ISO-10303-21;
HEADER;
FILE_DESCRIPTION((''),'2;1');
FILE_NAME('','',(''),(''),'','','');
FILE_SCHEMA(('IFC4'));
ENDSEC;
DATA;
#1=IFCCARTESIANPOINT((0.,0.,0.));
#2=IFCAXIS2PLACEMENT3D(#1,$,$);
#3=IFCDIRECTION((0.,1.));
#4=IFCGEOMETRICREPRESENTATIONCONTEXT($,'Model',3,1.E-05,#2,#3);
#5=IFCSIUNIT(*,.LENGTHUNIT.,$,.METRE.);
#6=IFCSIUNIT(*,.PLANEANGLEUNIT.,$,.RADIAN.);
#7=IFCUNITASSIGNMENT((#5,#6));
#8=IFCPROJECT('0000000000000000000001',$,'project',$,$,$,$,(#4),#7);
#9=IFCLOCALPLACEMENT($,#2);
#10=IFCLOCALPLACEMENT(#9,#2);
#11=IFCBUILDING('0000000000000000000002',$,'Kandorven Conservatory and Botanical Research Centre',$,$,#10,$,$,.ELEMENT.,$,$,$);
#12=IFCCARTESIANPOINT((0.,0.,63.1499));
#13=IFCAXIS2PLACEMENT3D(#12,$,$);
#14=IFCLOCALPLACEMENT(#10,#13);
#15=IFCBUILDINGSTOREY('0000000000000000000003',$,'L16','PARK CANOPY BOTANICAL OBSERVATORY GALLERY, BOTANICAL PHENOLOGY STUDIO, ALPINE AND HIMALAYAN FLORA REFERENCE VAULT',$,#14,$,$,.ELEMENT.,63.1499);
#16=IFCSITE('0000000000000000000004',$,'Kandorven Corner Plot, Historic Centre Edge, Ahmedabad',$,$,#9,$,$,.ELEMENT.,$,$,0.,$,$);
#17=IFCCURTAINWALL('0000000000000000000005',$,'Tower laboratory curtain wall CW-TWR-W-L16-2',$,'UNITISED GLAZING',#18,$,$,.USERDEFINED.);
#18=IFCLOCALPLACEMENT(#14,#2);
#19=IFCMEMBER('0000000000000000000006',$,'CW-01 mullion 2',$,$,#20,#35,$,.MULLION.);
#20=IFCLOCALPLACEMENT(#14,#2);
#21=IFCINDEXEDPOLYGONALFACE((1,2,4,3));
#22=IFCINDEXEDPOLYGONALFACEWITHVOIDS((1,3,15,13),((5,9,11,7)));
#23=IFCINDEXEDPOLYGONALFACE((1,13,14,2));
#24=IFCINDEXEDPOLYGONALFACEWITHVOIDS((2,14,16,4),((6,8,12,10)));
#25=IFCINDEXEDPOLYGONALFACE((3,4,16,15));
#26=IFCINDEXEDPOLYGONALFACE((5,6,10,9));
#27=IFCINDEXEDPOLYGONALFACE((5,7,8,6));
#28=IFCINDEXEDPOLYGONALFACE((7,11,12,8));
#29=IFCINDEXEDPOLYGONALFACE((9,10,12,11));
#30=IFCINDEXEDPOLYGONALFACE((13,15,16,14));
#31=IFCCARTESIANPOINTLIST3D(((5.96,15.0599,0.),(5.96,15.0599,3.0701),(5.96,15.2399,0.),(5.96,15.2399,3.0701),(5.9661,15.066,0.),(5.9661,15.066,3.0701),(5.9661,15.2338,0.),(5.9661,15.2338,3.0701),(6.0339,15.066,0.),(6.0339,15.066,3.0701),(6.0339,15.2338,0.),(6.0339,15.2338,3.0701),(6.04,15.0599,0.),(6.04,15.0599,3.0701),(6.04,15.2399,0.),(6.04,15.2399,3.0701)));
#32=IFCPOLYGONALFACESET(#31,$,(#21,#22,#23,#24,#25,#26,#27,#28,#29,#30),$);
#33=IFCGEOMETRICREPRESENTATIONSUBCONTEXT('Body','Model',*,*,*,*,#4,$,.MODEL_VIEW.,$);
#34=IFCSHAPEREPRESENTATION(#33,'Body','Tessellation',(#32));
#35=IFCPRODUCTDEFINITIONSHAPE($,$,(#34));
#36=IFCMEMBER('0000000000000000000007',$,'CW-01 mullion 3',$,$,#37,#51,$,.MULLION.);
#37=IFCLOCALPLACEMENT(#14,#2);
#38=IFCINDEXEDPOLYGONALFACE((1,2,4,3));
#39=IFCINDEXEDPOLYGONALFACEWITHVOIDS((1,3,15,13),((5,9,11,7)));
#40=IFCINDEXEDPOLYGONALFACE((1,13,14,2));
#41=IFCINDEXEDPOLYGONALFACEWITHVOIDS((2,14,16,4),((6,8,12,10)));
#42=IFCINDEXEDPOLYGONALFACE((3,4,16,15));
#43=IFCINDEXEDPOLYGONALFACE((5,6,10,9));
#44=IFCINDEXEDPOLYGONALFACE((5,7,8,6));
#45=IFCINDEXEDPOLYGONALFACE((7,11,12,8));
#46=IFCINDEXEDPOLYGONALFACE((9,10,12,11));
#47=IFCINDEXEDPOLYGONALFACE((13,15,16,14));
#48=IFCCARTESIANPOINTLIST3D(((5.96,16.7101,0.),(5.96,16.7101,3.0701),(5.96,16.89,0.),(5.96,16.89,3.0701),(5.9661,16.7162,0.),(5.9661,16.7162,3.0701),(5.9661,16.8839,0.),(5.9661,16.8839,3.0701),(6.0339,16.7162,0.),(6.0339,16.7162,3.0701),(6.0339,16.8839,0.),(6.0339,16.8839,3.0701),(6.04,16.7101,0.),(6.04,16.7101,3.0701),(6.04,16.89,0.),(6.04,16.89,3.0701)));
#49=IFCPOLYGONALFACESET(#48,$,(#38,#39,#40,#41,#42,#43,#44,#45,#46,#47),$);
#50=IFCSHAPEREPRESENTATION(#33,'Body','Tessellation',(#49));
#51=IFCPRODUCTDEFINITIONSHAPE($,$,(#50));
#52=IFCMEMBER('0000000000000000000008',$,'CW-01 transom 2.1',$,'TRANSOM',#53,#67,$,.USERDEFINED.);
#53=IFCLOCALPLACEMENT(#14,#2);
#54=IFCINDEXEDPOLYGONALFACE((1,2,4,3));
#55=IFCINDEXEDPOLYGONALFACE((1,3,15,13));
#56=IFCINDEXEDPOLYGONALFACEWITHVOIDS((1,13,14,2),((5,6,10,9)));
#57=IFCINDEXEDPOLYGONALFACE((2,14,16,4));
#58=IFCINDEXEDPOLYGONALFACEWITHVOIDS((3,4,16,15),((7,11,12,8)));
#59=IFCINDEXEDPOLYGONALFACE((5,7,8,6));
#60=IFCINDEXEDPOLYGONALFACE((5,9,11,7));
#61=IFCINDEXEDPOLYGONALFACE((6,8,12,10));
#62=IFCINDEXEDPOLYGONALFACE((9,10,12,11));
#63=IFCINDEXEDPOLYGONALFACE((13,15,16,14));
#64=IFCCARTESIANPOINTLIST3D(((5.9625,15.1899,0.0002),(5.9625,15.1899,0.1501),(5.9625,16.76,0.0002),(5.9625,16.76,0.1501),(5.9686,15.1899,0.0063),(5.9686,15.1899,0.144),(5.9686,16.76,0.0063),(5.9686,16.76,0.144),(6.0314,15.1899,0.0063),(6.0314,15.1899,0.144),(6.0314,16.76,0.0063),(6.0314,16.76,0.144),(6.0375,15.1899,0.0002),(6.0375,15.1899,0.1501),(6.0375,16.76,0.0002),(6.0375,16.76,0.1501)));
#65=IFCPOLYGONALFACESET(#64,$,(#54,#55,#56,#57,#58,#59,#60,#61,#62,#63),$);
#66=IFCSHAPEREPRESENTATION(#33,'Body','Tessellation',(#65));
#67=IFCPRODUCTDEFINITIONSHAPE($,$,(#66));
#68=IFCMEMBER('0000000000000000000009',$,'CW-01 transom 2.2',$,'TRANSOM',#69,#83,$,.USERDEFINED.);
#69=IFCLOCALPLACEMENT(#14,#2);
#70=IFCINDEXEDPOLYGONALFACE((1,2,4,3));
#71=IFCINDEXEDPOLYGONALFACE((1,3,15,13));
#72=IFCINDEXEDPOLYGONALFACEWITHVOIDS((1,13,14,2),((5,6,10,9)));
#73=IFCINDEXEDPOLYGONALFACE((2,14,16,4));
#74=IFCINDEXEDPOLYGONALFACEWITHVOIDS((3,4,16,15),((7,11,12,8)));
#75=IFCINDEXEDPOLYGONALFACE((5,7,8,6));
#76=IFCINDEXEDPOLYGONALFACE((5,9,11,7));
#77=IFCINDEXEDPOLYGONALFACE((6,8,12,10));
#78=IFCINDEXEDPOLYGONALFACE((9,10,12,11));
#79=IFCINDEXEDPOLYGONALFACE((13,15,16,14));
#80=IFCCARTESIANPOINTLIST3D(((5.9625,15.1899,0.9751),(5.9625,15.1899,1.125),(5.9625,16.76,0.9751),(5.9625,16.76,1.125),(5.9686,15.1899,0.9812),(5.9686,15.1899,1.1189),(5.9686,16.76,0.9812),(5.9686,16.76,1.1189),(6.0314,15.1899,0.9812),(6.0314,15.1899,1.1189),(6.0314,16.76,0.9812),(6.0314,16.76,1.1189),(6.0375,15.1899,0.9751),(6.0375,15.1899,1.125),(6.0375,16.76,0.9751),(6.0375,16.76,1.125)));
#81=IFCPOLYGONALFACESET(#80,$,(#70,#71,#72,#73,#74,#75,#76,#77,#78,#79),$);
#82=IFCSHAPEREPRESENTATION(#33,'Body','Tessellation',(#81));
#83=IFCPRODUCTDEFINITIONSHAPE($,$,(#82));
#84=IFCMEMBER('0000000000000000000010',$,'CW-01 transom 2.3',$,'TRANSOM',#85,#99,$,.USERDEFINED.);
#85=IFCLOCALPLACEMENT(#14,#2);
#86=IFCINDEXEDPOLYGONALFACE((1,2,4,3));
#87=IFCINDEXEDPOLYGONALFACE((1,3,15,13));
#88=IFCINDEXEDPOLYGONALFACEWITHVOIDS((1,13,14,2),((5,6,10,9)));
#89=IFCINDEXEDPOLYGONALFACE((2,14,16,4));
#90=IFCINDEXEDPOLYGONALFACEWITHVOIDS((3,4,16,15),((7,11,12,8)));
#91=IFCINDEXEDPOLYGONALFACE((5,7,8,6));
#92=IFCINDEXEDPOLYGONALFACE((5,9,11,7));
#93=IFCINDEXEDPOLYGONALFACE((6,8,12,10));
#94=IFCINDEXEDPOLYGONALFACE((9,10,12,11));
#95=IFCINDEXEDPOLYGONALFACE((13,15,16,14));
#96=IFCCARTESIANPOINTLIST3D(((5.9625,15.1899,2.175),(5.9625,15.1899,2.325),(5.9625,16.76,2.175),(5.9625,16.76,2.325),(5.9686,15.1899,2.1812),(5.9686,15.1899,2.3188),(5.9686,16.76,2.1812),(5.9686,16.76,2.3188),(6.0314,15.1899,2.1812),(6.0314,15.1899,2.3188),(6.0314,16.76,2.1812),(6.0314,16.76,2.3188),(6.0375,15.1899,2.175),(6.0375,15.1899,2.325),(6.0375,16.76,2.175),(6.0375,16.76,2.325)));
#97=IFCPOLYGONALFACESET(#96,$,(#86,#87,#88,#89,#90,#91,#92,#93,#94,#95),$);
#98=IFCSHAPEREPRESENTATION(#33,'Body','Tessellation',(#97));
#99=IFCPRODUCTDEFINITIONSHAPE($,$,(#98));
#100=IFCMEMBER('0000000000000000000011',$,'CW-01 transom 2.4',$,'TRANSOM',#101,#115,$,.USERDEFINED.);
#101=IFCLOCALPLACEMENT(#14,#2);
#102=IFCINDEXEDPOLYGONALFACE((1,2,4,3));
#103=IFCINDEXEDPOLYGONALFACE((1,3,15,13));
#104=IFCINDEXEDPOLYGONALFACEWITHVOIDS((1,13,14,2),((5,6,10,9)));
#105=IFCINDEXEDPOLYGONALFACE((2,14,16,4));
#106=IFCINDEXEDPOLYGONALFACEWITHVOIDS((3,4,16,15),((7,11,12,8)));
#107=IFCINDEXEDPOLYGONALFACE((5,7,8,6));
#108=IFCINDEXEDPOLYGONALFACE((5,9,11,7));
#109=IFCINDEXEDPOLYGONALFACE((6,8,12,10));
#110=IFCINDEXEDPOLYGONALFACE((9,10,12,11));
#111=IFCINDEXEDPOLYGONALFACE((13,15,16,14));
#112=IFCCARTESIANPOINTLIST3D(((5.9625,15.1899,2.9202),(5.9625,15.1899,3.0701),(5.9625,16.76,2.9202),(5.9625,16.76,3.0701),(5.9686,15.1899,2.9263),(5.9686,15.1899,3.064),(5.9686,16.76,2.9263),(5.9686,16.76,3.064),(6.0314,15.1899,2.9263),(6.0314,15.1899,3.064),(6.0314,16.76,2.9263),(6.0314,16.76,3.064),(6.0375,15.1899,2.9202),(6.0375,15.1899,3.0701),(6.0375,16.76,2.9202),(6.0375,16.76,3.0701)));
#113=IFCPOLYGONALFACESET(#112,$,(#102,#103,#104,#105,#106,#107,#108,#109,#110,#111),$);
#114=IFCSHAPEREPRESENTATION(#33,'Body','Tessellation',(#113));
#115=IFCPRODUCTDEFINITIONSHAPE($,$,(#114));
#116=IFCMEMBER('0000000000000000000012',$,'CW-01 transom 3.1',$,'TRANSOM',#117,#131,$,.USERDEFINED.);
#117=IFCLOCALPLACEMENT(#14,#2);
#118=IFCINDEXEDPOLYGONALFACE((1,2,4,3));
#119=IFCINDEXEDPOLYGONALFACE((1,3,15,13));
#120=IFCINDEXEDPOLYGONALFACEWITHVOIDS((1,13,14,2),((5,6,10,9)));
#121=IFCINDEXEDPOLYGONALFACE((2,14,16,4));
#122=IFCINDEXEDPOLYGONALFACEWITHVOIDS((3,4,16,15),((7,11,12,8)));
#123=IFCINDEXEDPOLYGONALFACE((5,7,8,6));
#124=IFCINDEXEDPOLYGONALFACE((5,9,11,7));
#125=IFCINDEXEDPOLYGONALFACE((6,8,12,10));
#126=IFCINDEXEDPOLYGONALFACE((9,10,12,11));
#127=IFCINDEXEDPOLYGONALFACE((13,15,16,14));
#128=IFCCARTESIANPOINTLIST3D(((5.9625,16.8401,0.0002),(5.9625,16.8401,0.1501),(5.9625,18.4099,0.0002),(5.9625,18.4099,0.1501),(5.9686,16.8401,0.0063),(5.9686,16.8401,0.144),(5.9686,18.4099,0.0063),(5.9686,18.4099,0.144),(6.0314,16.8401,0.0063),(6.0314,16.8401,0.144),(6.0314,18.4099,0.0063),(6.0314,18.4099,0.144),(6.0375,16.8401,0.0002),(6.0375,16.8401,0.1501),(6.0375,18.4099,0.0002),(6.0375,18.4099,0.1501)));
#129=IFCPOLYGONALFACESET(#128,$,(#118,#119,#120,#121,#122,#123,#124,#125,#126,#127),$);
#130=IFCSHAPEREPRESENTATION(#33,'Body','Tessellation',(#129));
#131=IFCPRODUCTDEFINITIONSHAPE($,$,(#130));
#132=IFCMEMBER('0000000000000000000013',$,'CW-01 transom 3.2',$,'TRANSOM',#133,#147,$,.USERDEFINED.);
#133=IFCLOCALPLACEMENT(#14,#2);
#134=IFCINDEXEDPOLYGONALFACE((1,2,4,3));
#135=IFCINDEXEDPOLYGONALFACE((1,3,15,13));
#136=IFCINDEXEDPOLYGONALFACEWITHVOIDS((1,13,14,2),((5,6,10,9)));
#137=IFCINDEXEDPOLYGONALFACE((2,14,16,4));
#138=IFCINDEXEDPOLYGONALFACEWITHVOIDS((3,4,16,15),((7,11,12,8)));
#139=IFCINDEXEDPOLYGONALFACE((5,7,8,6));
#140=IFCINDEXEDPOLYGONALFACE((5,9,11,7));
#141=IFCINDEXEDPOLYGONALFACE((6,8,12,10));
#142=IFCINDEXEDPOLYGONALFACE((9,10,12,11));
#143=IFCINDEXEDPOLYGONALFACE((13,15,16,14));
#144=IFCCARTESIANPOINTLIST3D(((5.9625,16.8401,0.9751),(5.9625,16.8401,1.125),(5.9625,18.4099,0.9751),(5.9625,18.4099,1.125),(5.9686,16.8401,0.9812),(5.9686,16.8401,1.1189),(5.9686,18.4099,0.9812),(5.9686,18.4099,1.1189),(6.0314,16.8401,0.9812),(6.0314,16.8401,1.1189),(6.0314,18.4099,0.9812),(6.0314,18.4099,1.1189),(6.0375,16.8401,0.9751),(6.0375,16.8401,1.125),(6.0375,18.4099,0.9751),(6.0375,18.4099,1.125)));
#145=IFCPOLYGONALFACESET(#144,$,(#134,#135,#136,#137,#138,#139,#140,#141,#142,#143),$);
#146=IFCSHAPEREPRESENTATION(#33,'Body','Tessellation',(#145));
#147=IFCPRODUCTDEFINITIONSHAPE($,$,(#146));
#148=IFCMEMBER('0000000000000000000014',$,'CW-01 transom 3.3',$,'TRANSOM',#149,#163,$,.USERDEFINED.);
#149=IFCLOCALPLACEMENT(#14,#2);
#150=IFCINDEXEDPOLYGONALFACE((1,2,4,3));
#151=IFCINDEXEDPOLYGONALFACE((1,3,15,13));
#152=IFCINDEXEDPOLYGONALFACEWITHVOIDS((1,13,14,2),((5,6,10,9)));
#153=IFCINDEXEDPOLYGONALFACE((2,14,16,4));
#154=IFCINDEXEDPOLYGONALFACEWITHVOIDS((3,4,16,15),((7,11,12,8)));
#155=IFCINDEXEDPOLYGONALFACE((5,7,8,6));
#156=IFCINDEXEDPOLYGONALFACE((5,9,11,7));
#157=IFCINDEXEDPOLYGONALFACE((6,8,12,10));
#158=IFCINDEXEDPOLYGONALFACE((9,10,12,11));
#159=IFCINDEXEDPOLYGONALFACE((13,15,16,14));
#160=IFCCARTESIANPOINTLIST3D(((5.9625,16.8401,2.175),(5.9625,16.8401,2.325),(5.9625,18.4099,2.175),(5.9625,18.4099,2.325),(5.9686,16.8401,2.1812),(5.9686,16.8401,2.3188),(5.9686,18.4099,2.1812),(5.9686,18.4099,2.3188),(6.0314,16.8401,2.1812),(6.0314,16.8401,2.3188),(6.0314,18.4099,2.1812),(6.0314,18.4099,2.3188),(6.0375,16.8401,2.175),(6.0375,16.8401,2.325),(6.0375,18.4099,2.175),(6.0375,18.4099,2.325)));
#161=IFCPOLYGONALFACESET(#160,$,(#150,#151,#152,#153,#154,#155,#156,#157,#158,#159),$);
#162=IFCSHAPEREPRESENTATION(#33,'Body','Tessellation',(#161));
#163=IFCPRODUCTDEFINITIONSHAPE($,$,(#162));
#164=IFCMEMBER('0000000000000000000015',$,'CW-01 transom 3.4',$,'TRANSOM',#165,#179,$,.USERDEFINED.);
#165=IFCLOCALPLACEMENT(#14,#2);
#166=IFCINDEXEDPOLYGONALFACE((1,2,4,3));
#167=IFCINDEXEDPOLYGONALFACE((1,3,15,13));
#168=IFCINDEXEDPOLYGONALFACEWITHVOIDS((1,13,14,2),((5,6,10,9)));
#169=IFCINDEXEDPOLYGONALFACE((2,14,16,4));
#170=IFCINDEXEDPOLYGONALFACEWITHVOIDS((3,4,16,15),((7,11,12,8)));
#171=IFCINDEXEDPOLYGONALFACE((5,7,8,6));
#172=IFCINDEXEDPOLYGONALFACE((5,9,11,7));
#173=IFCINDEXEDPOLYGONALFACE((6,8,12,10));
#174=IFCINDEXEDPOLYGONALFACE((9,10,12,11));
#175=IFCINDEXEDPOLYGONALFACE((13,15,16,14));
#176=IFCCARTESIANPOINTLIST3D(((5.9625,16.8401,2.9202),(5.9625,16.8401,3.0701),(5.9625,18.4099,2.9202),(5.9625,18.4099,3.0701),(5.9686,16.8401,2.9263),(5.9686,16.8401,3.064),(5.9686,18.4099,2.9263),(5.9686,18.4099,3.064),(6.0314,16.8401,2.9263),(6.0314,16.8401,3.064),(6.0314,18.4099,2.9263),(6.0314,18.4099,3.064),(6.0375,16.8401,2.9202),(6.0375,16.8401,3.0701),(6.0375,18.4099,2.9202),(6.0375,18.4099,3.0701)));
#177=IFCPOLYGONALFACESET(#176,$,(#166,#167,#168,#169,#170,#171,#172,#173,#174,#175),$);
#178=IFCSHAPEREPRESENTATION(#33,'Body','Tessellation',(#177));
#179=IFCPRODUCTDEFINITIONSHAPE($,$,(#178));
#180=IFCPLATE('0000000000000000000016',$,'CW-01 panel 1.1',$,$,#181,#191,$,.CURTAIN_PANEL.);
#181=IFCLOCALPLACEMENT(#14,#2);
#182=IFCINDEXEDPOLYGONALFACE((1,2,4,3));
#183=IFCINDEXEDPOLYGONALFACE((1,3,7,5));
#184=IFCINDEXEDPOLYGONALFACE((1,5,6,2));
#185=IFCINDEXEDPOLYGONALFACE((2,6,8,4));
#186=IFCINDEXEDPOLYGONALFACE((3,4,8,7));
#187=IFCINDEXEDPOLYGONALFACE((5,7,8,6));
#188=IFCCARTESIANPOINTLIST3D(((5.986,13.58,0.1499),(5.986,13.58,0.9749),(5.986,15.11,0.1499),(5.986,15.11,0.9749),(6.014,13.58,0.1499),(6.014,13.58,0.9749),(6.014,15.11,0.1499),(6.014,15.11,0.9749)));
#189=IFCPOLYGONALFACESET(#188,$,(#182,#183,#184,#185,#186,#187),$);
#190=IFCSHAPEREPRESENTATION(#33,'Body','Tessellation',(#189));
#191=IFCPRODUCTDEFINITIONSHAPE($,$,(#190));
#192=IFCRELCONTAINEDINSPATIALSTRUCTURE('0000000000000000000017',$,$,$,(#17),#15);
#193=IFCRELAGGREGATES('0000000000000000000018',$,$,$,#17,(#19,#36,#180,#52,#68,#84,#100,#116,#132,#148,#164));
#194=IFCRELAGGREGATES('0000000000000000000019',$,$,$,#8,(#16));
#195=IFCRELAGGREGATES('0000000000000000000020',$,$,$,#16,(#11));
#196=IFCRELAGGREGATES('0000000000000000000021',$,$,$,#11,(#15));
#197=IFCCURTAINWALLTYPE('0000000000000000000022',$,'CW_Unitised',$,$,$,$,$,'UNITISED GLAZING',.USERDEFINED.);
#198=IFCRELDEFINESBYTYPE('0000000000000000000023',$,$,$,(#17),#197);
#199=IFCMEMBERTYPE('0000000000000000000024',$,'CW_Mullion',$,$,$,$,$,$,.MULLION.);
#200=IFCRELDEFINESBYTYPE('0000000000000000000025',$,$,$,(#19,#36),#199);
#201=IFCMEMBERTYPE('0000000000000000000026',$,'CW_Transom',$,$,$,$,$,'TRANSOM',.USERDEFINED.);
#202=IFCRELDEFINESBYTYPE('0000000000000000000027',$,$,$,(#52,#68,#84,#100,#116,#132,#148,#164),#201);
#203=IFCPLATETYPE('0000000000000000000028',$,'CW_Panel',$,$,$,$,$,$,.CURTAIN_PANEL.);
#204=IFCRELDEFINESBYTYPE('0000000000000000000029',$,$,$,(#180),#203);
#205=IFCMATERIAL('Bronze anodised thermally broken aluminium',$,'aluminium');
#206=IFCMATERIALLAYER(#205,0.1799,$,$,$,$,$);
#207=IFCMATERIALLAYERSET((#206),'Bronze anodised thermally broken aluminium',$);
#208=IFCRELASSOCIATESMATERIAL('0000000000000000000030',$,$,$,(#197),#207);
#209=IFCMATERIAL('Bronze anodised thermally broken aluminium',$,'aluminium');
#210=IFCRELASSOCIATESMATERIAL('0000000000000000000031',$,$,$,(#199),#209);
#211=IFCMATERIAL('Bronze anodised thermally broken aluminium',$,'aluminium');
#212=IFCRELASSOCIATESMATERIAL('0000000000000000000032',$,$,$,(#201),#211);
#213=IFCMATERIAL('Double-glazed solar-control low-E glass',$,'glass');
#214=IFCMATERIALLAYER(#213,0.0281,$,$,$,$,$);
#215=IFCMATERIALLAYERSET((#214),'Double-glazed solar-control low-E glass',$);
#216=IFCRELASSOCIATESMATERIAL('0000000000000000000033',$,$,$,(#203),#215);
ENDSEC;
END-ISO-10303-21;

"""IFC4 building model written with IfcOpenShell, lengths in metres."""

from ifc_helpers import new_model, si_unit, direction, frame, origin, origin_2d, place, context, subcontext, project, spatial, rectangle, hollow_rectangle, extrude, material, layer, layer_set, material_profile, profile_set, type_object, element, aggregate, save


model = new_model("IFC4")

# Units and contexts
model_context = context("Model", 3, precision=1e-05, world=origin(), true_north=direction((0.0, 1.0)))
body_context = subcontext(model_context, "Body", "Model", "MODEL_VIEW")
ifc_project = project(units=[si_unit("LENGTHUNIT", "METRE"), si_unit("PLANEANGLEUNIT", "RADIAN")], contexts=[model_context])

# Site, building, storey
site_placement = place(None, origin())
site = spatial("IfcSite", under=ifc_project, at=site_placement, Name="Kandorven Corner Plot, Historic Centre Edge, Ahmedabad", CompositionType="ELEMENT", RefElevation=0.0)
building_placement = place(site_placement, origin())
building = spatial("IfcBuilding", under=site, at=building_placement, Name="Kandorven Conservatory and Botanical Research Centre", CompositionType="ELEMENT")
storey_placement = place(building_placement, frame((0.0, 0.0, 63.1499)))
storey = spatial("IfcBuildingStorey", under=building, at=storey_placement, Name="L16", Description="PARK CANOPY BOTANICAL OBSERVATORY GALLERY, BOTANICAL PHENOLOGY STUDIO, ALPINE AND HIMALAYAN FLORA REFERENCE VAULT", CompositionType="ELEMENT", Elevation=63.1499)

# Curtain wall, members, plate
ifc_material_1 = material(Name="Bronze anodised thermally broken aluminium", Category="aluminium")
ifc_layer_1 = layer(ifc_material_1, 0.1799)
ifc_layer_set_1 = layer_set([ifc_layer_1], Name="Bronze anodised thermally broken aluminium")
curtain_wall_type = type_object("IfcCurtainWallType", Name="CW_Unitised", ElementType="UNITISED GLAZING", PredefinedType="USERDEFINED", material=ifc_layer_set_1)
curtain_wall_placement = place(storey_placement, origin())
curtain_wall = element("IfcCurtainWall", 1, at=curtain_wall_placement, inside=storey, type_object=curtain_wall_type, Name="Tower laboratory curtain wall CW-TWR-W-L16-2", ObjectType="UNITISED GLAZING", PredefinedType="USERDEFINED")
ifc_material_2 = material(Name="Bronze anodised thermally broken aluminium", Category="aluminium")
ifc_material_profile_1 = material_profile(ifc_material_2, hollow_rectangle(XDim=0.0801, YDim=0.1799, WallThickness=0.0061, at=origin_2d()))
ifc_profile_set_1 = profile_set([ifc_material_profile_1], Name="Bronze anodised thermally broken aluminium")
member_type_1 = type_object("IfcMemberType", Name="CW_Mullion", PredefinedType="MULLION", material=ifc_profile_set_1)
member_1_placement = place(storey_placement, frame((6.0, 15.1499, 0.0), z_axis=(0.0, 0.0, 1.0), x_axis=(-1.0, 0.0, 0.0)))
member_1 = element("IfcMember", 2, at=member_1_placement, type_object=member_type_1, Name="CW-01 mullion 2", PredefinedType="MULLION", context=body_context, shape_type="SweptSolid", body=[
    extrude(hollow_rectangle(XDim=0.0801, YDim=0.1799, WallThickness=0.0061, at=origin_2d()), origin(), (0.0, 0.0, 1.0), 3.0701),
])
member_2_placement = place(storey_placement, frame((6.0, 16.8, 0.0), z_axis=(0.0, 0.0, 1.0), x_axis=(-1.0, 0.0, 0.0)))
member_2 = element("IfcMember", 3, at=member_2_placement, type_object=member_type_1, Name="CW-01 mullion 3", PredefinedType="MULLION", context=body_context, shape_type="SweptSolid", body=[
    extrude(hollow_rectangle(XDim=0.0801, YDim=0.1799, WallThickness=0.0061, at=origin_2d()), origin(), (0.0, 0.0, 1.0), 3.0701),
])
ifc_material_3 = material(Name="Bronze anodised thermally broken aluminium", Category="aluminium")
ifc_material_profile_2 = material_profile(ifc_material_3, hollow_rectangle(XDim=0.075, YDim=0.1499, WallThickness=0.0061, at=origin_2d()))
ifc_profile_set_2 = profile_set([ifc_material_profile_2], Name="Bronze anodised thermally broken aluminium")
member_type_2 = type_object("IfcMemberType", Name="CW_Transom", ElementType="TRANSOM", PredefinedType="USERDEFINED", material=ifc_profile_set_2)
member_3_placement = place(storey_placement, frame((6.0, 15.1899, 0.0752), z_axis=(0.0, 1.0, 0.0), x_axis=(-1.0, 0.0, 0.0)))
member_3 = element("IfcMember", 4, at=member_3_placement, type_object=member_type_2, Name="CW-01 transom 2.1", ObjectType="TRANSOM", PredefinedType="USERDEFINED", context=body_context, shape_type="SweptSolid", body=[
    extrude(hollow_rectangle(XDim=0.075, YDim=0.1499, WallThickness=0.0061, at=origin_2d()), origin(), (0.0, 0.0, 1.0), 1.5701),
])
member_4_placement = place(storey_placement, frame((6.0, 15.1899, 1.05), z_axis=(0.0, 1.0, 0.0), x_axis=(-1.0, 0.0, 0.0)))
member_4 = element("IfcMember", 5, at=member_4_placement, type_object=member_type_2, Name="CW-01 transom 2.2", ObjectType="TRANSOM", PredefinedType="USERDEFINED", context=body_context, shape_type="SweptSolid", body=[
    extrude(hollow_rectangle(XDim=0.075, YDim=0.1499, WallThickness=0.0061, at=origin_2d()), origin(), (0.0, 0.0, 1.0), 1.5701),
])
member_5_placement = place(storey_placement, frame((6.0, 15.1899, 2.25), z_axis=(0.0, 1.0, 0.0), x_axis=(-1.0, 0.0, 0.0)))
member_5 = element("IfcMember", 6, at=member_5_placement, type_object=member_type_2, Name="CW-01 transom 2.3", ObjectType="TRANSOM", PredefinedType="USERDEFINED", context=body_context, shape_type="SweptSolid", body=[
    extrude(hollow_rectangle(XDim=0.075, YDim=0.1499, WallThickness=0.0061, at=origin_2d()), origin(), (0.0, 0.0, 1.0), 1.5701),
])
member_6_placement = place(storey_placement, frame((6.0, 15.1899, 2.9951), z_axis=(0.0, 1.0, 0.0), x_axis=(-1.0, 0.0, 0.0)))
member_6 = element("IfcMember", 7, at=member_6_placement, type_object=member_type_2, Name="CW-01 transom 2.4", ObjectType="TRANSOM", PredefinedType="USERDEFINED", context=body_context, shape_type="SweptSolid", body=[
    extrude(hollow_rectangle(XDim=0.075, YDim=0.1499, WallThickness=0.0061, at=origin_2d()), origin(), (0.0, 0.0, 1.0), 1.5701),
])
member_7_placement = place(storey_placement, frame((6.0, 16.8401, 0.0752), z_axis=(0.0, 1.0, 0.0), x_axis=(-1.0, 0.0, 0.0)))
member_7 = element("IfcMember", 8, at=member_7_placement, type_object=member_type_2, Name="CW-01 transom 3.1", ObjectType="TRANSOM", PredefinedType="USERDEFINED", context=body_context, shape_type="SweptSolid", body=[
    extrude(hollow_rectangle(XDim=0.075, YDim=0.1499, WallThickness=0.0061, at=origin_2d()), origin(), (0.0, 0.0, 1.0), 1.5698),
])
member_8_placement = place(storey_placement, frame((6.0, 16.8401, 1.05), z_axis=(0.0, 1.0, 0.0), x_axis=(-1.0, 0.0, 0.0)))
member_8 = element("IfcMember", 9, at=member_8_placement, type_object=member_type_2, Name="CW-01 transom 3.2", ObjectType="TRANSOM", PredefinedType="USERDEFINED", context=body_context, shape_type="SweptSolid", body=[
    extrude(hollow_rectangle(XDim=0.075, YDim=0.1499, WallThickness=0.0061, at=origin_2d()), origin(), (0.0, 0.0, 1.0), 1.5698),
])
member_9_placement = place(storey_placement, frame((6.0, 16.8401, 2.25), z_axis=(0.0, 1.0, 0.0), x_axis=(-1.0, 0.0, 0.0)))
member_9 = element("IfcMember", 10, at=member_9_placement, type_object=member_type_2, Name="CW-01 transom 3.3", ObjectType="TRANSOM", PredefinedType="USERDEFINED", context=body_context, shape_type="SweptSolid", body=[
    extrude(hollow_rectangle(XDim=0.075, YDim=0.1499, WallThickness=0.0061, at=origin_2d()), origin(), (0.0, 0.0, 1.0), 1.5698),
])
member_10_placement = place(storey_placement, frame((6.0, 16.8401, 2.9951), z_axis=(0.0, 1.0, 0.0), x_axis=(-1.0, 0.0, 0.0)))
member_10 = element("IfcMember", 11, at=member_10_placement, type_object=member_type_2, Name="CW-01 transom 3.4", ObjectType="TRANSOM", PredefinedType="USERDEFINED", context=body_context, shape_type="SweptSolid", body=[
    extrude(hollow_rectangle(XDim=0.075, YDim=0.1499, WallThickness=0.0061, at=origin_2d()), origin(), (0.0, 0.0, 1.0), 1.5698),
])
ifc_material_4 = material(Name="Double-glazed solar-control low-E glass", Category="glass")
ifc_layer_2 = layer(ifc_material_4, 0.0281)
ifc_layer_set_2 = layer_set([ifc_layer_2], Name="Double-glazed solar-control low-E glass")
plate_type_1 = type_object("IfcPlateType", Name="CW_Panel", PredefinedType="CURTAIN_PANEL", material=ifc_layer_set_2)
plate_1_placement = place(storey_placement, frame((6.0, 14.345, 0.1499), z_axis=(0.0, 0.0, 1.0), x_axis=(0.0, 1.0, 0.0)))
plate_1 = element("IfcPlate", 12, at=plate_1_placement, type_object=plate_type_1, Name="CW-01 panel 1.1", PredefinedType="CURTAIN_PANEL", context=body_context, shape_type="SweptSolid", body=[
    extrude(rectangle(XDim=1.53, YDim=0.0281, at=origin_2d()), origin(), (0.0, 0.0, 1.0), 0.825),
])
aggregate(curtain_wall, [member_1, member_2, plate_1, member_3, member_4, member_5, member_6, member_7, member_8, member_9, member_10])

save(model, "model.ifc")
